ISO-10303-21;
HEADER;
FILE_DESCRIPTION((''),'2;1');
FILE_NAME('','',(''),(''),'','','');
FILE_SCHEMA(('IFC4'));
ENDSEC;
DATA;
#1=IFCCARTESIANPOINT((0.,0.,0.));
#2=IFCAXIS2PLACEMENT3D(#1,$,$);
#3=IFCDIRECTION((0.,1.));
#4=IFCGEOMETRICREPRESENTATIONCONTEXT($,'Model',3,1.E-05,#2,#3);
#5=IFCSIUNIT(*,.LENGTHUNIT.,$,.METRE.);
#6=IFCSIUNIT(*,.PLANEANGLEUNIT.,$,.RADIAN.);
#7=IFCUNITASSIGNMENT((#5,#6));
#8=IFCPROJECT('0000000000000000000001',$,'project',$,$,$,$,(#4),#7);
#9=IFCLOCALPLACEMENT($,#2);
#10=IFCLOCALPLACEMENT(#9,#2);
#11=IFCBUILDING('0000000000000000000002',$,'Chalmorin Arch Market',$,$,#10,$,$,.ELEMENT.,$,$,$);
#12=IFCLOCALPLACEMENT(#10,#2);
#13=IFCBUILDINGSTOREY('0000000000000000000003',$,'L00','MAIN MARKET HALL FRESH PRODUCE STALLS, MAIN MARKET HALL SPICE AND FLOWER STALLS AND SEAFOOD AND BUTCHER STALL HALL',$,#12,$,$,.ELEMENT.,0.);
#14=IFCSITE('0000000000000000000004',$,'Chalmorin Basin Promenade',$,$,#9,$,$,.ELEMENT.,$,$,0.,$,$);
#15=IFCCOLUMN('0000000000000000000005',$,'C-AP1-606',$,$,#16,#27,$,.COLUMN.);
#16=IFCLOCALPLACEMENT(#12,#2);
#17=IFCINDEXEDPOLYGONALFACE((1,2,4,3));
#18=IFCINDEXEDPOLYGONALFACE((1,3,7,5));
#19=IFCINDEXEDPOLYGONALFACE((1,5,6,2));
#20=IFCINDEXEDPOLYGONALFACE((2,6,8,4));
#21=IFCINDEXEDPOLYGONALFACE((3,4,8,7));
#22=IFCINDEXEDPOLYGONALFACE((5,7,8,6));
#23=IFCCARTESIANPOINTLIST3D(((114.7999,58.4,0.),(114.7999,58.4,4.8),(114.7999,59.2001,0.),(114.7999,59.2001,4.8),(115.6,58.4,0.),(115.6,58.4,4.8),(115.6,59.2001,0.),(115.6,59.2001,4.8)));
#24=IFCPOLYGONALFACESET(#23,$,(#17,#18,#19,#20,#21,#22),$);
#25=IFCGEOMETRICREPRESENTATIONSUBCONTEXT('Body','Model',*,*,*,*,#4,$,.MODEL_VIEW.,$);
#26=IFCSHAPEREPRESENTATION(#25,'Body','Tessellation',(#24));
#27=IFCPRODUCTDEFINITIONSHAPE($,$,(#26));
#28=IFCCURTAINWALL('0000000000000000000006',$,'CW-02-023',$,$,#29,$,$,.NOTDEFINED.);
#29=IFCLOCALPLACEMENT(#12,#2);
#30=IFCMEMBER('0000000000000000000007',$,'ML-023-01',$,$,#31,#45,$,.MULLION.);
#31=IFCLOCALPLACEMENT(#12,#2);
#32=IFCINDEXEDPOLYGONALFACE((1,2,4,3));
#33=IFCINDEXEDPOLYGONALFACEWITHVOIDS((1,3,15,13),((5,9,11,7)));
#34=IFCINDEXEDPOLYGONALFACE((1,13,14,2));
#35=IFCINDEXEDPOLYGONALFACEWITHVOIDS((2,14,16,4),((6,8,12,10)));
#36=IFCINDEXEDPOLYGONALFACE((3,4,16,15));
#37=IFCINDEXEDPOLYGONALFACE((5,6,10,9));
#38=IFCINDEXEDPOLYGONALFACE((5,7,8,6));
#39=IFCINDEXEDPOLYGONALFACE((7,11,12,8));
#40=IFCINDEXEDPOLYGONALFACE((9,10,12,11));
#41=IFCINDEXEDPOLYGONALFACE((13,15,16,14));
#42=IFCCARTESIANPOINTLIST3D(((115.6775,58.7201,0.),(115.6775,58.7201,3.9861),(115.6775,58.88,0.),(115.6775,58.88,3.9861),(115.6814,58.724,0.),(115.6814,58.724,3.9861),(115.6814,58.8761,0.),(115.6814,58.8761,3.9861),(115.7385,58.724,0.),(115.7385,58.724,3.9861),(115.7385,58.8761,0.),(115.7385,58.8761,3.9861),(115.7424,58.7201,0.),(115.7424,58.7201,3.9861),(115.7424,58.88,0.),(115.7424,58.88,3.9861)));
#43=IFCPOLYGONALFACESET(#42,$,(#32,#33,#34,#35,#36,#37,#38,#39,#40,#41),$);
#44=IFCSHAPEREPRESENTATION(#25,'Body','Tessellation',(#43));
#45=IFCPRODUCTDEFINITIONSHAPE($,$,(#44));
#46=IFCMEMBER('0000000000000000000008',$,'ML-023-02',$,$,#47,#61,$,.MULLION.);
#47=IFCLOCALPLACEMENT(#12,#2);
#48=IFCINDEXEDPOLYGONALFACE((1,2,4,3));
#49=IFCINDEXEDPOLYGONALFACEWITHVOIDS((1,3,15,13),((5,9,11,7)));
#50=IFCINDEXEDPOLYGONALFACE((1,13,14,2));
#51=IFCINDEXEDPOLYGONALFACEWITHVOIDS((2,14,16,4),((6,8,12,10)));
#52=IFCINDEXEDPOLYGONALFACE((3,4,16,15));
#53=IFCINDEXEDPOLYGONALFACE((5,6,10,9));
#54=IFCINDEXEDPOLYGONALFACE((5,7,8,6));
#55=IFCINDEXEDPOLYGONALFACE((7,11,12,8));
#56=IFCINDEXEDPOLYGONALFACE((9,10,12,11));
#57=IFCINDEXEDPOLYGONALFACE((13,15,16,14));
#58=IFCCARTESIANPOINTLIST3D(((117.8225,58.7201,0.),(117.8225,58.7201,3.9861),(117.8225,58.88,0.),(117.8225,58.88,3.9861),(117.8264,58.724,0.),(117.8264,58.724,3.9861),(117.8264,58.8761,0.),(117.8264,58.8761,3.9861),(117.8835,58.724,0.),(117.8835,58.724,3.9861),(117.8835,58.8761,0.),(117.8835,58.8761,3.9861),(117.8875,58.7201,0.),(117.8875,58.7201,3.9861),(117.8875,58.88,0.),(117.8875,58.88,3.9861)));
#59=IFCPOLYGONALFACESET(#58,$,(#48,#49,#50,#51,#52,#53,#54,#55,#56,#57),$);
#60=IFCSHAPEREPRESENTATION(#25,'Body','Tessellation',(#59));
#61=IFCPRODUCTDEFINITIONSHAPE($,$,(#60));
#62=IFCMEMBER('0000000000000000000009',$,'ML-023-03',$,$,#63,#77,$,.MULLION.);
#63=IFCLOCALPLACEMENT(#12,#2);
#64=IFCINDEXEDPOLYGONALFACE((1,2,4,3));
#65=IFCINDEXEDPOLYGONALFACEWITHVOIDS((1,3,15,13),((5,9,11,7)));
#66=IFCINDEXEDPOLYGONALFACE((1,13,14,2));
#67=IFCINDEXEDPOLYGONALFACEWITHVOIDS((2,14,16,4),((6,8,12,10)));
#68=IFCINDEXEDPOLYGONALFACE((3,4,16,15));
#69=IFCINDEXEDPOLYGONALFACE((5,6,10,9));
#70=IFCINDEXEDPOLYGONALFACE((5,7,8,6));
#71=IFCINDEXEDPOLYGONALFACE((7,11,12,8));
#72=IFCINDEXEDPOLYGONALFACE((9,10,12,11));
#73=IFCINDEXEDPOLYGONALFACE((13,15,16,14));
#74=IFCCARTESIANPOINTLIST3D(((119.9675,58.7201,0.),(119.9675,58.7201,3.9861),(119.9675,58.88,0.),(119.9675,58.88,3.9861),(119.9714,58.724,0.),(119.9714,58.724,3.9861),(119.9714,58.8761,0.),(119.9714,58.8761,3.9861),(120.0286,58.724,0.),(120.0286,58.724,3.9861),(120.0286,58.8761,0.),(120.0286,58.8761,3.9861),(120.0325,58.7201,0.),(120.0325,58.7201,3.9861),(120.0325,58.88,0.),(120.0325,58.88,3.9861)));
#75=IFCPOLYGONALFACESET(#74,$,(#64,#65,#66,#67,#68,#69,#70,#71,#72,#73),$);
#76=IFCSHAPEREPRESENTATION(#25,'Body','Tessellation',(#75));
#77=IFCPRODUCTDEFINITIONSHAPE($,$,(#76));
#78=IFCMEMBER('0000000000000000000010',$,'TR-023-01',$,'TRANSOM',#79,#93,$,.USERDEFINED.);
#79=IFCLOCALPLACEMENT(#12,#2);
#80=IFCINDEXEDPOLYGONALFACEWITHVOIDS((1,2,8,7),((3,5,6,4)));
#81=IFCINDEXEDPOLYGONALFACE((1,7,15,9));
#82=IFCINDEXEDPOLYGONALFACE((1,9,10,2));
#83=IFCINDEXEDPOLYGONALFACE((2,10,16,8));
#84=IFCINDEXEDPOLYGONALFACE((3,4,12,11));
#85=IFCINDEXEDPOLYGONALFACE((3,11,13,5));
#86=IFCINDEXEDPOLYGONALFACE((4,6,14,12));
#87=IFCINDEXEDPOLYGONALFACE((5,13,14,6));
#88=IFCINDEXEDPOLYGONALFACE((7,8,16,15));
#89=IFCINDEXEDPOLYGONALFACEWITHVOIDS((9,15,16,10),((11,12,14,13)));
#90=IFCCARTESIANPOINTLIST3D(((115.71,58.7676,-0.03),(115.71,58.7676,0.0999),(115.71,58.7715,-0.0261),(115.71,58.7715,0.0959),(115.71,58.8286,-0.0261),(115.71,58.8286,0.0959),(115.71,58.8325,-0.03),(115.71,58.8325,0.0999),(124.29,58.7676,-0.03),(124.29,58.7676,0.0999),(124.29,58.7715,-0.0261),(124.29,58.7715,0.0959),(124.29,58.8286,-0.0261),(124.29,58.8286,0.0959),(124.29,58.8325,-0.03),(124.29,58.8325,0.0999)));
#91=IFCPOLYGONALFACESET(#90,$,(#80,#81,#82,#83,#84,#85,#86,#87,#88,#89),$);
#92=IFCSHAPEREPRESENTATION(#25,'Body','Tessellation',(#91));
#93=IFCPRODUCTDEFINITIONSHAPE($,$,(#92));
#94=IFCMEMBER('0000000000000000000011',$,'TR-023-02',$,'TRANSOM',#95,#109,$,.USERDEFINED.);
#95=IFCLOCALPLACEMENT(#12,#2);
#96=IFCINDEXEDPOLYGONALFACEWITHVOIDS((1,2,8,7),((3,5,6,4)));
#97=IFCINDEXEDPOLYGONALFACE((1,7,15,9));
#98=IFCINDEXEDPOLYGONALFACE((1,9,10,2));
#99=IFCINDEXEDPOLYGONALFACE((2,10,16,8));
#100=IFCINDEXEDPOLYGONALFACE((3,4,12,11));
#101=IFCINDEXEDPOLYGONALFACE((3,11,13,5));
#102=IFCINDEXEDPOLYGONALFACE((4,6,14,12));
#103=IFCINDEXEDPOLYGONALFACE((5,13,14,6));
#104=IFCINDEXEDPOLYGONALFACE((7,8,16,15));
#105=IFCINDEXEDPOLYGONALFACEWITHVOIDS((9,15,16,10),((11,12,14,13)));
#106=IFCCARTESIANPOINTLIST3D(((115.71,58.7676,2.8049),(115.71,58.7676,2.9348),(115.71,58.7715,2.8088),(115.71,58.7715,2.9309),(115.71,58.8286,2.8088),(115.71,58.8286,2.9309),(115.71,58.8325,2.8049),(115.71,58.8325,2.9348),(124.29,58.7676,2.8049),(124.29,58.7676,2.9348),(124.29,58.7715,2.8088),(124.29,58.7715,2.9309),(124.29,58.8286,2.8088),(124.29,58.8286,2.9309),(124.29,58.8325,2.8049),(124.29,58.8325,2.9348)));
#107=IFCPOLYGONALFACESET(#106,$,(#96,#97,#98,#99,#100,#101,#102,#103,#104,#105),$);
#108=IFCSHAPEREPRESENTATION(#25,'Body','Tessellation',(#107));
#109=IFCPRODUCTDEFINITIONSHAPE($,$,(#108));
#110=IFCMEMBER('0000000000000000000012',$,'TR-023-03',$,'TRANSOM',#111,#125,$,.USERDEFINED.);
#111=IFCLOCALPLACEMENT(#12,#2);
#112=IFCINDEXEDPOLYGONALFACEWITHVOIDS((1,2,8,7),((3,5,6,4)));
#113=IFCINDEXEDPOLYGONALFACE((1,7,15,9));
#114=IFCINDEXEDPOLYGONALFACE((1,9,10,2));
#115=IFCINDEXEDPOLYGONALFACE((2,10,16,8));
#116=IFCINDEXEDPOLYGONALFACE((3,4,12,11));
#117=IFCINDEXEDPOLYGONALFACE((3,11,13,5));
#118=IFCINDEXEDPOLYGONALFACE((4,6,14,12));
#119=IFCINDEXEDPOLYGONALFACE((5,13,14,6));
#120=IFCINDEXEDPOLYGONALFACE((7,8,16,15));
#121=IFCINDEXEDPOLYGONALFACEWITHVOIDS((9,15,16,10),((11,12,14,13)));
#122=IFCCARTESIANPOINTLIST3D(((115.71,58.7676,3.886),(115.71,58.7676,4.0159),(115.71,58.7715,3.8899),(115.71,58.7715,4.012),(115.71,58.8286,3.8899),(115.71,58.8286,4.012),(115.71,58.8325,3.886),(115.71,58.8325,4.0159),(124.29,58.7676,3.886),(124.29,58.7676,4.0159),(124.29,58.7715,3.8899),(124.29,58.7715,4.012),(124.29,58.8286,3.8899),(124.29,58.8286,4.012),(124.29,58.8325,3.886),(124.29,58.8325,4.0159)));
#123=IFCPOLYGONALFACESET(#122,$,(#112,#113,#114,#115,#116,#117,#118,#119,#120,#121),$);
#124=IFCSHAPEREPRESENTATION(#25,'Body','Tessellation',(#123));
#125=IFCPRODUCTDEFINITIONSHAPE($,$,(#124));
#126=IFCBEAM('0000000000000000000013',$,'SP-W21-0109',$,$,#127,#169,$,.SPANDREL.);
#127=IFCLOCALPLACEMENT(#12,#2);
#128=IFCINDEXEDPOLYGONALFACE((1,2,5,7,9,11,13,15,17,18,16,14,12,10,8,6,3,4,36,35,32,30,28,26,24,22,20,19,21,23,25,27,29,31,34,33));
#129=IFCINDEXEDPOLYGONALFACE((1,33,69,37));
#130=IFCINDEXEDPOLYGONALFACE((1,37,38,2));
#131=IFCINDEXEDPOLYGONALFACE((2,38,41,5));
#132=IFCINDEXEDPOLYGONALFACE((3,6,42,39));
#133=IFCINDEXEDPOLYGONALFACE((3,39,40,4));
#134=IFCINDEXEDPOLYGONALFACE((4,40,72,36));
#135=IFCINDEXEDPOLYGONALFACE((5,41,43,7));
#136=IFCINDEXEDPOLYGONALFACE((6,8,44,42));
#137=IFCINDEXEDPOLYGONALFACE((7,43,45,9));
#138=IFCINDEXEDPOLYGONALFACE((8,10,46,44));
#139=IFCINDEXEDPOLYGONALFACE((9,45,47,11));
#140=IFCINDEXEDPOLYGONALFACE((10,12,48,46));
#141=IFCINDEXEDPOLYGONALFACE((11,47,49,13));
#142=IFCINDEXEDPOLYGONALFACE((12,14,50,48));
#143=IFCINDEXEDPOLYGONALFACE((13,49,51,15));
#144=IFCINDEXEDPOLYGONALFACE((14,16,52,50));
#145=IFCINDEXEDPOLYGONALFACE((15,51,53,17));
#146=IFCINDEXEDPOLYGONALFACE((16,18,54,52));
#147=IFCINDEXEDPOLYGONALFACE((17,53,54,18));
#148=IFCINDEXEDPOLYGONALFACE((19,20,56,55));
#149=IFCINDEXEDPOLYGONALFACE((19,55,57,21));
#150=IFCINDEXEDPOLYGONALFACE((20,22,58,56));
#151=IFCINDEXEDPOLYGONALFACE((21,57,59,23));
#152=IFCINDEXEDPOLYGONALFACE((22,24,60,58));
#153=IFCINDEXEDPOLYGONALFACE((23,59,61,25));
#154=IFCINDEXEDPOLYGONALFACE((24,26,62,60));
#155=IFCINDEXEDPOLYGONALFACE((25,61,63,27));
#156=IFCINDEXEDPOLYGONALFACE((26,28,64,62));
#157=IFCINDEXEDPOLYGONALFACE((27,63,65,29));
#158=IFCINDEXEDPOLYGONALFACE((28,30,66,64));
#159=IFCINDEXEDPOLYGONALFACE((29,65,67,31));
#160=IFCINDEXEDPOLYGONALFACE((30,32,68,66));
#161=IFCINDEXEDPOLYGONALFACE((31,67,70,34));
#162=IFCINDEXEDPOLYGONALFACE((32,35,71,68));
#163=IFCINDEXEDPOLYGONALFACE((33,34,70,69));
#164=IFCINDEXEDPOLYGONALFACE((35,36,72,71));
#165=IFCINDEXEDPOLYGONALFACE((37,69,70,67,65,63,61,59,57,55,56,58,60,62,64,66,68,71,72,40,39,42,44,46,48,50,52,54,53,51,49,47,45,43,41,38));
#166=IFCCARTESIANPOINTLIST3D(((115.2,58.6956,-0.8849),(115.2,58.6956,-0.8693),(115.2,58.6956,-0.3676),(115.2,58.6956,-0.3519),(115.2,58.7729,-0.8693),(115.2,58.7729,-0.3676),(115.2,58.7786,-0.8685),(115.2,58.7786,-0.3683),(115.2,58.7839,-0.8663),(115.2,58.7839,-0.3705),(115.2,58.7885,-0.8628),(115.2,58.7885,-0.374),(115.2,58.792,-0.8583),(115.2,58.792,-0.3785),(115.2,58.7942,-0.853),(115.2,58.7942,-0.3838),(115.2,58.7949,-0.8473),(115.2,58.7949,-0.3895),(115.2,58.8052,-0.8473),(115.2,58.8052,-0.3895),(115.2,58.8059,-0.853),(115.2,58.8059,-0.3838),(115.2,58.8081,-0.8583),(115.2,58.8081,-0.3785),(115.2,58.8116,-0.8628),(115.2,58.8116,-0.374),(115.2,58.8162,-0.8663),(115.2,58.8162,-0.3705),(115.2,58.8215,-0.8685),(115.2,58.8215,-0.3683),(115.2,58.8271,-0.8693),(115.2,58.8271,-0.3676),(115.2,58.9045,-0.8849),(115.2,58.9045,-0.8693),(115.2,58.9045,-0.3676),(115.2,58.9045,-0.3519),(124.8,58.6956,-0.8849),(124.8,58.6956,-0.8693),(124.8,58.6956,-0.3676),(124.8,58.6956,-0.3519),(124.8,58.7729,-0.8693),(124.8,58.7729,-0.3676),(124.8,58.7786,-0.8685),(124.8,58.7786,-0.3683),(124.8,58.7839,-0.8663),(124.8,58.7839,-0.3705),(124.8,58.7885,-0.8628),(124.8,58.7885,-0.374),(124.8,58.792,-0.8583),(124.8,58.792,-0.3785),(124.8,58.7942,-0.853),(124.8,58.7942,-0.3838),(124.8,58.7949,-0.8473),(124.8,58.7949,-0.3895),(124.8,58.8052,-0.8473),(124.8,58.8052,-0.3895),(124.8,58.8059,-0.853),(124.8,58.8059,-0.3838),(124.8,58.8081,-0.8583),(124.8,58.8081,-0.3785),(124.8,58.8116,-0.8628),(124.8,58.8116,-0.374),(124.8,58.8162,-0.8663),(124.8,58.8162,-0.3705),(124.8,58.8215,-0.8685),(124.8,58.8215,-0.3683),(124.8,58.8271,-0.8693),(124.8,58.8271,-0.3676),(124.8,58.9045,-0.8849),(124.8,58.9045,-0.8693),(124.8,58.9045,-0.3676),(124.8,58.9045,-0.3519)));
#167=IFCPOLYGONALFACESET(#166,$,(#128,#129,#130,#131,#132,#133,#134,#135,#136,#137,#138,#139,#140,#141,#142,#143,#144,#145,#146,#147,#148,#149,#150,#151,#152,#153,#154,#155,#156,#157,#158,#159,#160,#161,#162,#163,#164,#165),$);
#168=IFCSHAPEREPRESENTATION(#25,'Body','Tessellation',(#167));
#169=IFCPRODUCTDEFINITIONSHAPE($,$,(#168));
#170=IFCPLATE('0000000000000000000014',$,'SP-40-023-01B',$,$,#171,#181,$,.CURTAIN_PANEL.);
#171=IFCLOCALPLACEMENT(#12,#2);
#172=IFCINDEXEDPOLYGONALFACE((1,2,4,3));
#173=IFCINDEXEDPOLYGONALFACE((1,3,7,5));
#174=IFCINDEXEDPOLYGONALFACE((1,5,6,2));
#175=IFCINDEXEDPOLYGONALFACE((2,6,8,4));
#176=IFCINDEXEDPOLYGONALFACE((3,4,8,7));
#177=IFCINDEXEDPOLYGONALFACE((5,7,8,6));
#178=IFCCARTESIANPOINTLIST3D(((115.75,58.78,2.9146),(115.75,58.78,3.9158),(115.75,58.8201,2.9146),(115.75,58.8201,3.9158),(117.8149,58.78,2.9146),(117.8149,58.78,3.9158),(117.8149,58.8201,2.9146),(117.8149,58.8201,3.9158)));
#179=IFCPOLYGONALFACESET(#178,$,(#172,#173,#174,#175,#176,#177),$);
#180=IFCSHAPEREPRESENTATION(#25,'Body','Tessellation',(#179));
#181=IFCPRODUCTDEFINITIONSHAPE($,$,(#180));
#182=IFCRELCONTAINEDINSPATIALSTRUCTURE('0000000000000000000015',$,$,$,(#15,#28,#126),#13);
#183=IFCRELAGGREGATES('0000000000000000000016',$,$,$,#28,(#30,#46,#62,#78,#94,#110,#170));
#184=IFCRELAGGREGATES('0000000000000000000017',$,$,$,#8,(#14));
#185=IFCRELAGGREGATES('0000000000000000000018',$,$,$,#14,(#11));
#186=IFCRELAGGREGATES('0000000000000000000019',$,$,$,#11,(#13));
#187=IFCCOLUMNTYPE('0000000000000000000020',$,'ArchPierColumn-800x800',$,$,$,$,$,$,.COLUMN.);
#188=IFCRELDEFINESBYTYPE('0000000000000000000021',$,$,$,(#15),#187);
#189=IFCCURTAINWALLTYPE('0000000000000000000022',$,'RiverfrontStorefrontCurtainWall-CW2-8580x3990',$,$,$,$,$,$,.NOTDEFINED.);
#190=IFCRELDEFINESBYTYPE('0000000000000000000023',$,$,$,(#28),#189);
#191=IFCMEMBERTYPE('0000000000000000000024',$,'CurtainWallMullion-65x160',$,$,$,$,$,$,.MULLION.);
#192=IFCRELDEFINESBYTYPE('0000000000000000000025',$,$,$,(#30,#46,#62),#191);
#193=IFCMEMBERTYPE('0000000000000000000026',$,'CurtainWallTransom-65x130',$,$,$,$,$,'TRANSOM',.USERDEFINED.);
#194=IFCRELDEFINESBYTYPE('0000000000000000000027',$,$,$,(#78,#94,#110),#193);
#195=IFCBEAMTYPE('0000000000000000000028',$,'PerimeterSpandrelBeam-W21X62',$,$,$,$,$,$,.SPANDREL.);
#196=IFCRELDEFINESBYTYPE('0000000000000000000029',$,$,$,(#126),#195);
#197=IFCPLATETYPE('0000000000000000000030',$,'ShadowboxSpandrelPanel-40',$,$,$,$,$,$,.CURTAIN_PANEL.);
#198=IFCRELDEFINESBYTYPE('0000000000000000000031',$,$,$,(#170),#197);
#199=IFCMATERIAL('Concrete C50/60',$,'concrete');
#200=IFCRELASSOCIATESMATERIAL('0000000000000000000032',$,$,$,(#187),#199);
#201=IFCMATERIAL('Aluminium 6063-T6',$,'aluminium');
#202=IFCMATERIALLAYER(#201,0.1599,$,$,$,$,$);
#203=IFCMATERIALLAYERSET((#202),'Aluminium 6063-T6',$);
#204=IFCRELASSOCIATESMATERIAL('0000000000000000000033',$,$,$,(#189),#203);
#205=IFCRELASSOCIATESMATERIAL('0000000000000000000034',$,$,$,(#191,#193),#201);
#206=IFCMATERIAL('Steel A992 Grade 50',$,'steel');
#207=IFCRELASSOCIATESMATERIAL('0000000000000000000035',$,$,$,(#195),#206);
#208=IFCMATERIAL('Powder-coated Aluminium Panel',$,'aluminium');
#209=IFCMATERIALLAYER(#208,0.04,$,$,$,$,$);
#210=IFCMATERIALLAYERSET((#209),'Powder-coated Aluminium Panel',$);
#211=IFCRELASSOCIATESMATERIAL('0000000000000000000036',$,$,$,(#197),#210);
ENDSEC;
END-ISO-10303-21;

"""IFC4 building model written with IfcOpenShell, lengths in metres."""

from ifc_helpers import new_model, si_unit, direction, frame, origin, origin_2d, place, context, subcontext, project, spatial, rectangle, hollow_rectangle, i_section, extrude, material, layer, layer_set, material_profile, profile_set, type_object, element, aggregate, save


model = new_model("IFC4")

# Units and contexts
model_context = context("Model", 3, precision=1e-05, world=origin(), true_north=direction((0.0, 1.0)))
body_context = subcontext(model_context, "Body", "Model", "MODEL_VIEW")
ifc_project = project(units=[si_unit("LENGTHUNIT", "METRE"), si_unit("PLANEANGLEUNIT", "RADIAN")], contexts=[model_context])

# Site, building, storey
site_placement = place(None, origin())
site = spatial("IfcSite", under=ifc_project, at=site_placement, Name="Chalmorin Basin Promenade", CompositionType="ELEMENT", RefElevation=0.0)
building_placement = place(site_placement, origin())
building = spatial("IfcBuilding", under=site, at=building_placement, Name="Chalmorin Arch Market", CompositionType="ELEMENT")
storey_placement = place(building_placement, origin())
storey = spatial("IfcBuildingStorey", under=building, at=storey_placement, Name="L00", Description="MAIN MARKET HALL FRESH PRODUCE STALLS, MAIN MARKET HALL SPICE AND FLOWER STALLS AND SEAFOOD AND BUTCHER STALL HALL", CompositionType="ELEMENT", Elevation=0.0)

# Column
ifc_material_1 = material(Name="Concrete C50/60", Category="concrete")
ifc_material_profile_1 = material_profile(ifc_material_1, rectangle(XDim=0.8, YDim=0.8, at=origin_2d()), Name="RC800X800")
ifc_profile_set_1 = profile_set([ifc_material_profile_1], Name="Concrete C50/60")
column_type = type_object("IfcColumnType", Name="ArchPierColumn-800x800", PredefinedType="COLUMN", material=ifc_profile_set_1)
column_placement = place(storey_placement, frame((115.2, 58.8, 0.0), z_axis=(0.0, 0.0, 1.0), x_axis=(1.0, 0.0, 0.0)))
element("IfcColumn", 1, at=column_placement, inside=storey, type_object=column_type, Name="C-AP1-606", PredefinedType="COLUMN", context=body_context, shape_type="SweptSolid", body=[
    extrude(rectangle(XDim=0.8, YDim=0.8, at=origin_2d()), origin(), (0.0, 0.0, 1.0), 4.8),
])

# Curtain wall, members
ifc_material_2 = material(Name="Aluminium 6063-T6", Category="aluminium")
ifc_layer_1 = layer(ifc_material_2, 0.1599)
ifc_layer_set_1 = layer_set([ifc_layer_1], Name="Aluminium 6063-T6")
curtain_wall_type = type_object("IfcCurtainWallType", Name="RiverfrontStorefrontCurtainWall-CW2-8580x3990", PredefinedType="NOTDEFINED", material=ifc_layer_set_1)
curtain_wall_placement = place(storey_placement, origin())
curtain_wall = element("IfcCurtainWall", 2, at=curtain_wall_placement, inside=storey, type_object=curtain_wall_type, Name="CW-02-023", PredefinedType="NOTDEFINED")
ifc_material_profile_2 = material_profile(ifc_material_2, hollow_rectangle(XDim=0.0649, YDim=0.1599, WallThickness=0.0039, at=origin_2d()), Name="ALU65X160X4")
ifc_profile_set_2 = profile_set([ifc_material_profile_2], Name="Aluminium 6063-T6")
member_type_1 = type_object("IfcMemberType", Name="CurtainWallMullion-65x160", PredefinedType="MULLION", material=ifc_profile_set_2)
member_1_placement = place(storey_placement, frame((115.71, 58.8, 0.0), z_axis=(0.0, 0.0, 1.0), x_axis=(1.0, 0.0, 0.0)))
member_1 = element("IfcMember", 3, at=member_1_placement, type_object=member_type_1, Name="ML-023-01", PredefinedType="MULLION", context=body_context, shape_type="SweptSolid", body=[
    extrude(hollow_rectangle(XDim=0.0649, YDim=0.1599, WallThickness=0.0039, at=origin_2d()), origin(), (0.0, 0.0, 1.0), 3.9861),
])
member_2_placement = place(storey_placement, frame((117.855, 58.8, 0.0), z_axis=(0.0, 0.0, 1.0), x_axis=(1.0, 0.0, 0.0)))
member_2 = element("IfcMember", 4, at=member_2_placement, type_object=member_type_1, Name="ML-023-02", PredefinedType="MULLION", context=body_context, shape_type="SweptSolid", body=[
    extrude(hollow_rectangle(XDim=0.0649, YDim=0.1599, WallThickness=0.0039, at=origin_2d()), origin(), (0.0, 0.0, 1.0), 3.9861),
])
member_3_placement = place(storey_placement, frame((120.0, 58.8, 0.0), z_axis=(0.0, 0.0, 1.0), x_axis=(1.0, 0.0, 0.0)))
member_3 = element("IfcMember", 5, at=member_3_placement, type_object=member_type_1, Name="ML-023-03", PredefinedType="MULLION", context=body_context, shape_type="SweptSolid", body=[
    extrude(hollow_rectangle(XDim=0.0649, YDim=0.1599, WallThickness=0.0039, at=origin_2d()), origin(), (0.0, 0.0, 1.0), 3.9861),
])
ifc_material_profile_3 = material_profile(ifc_material_2, hollow_rectangle(XDim=0.0649, YDim=0.1299, WallThickness=0.0039, at=origin_2d()), Name="ALU65X130X4")
ifc_profile_set_3 = profile_set([ifc_material_profile_3], Name="Aluminium 6063-T6")
member_type_2 = type_object("IfcMemberType", Name="CurtainWallTransom-65x130", ElementType="TRANSOM", PredefinedType="USERDEFINED", material=ifc_profile_set_3)
member_4_placement = place(storey_placement, frame((115.71, 58.8, 0.0349), z_axis=(1.0, 0.0, 0.0), x_axis=(0.0, 1.0, 0.0)))
member_4 = element("IfcMember", 6, at=member_4_placement, type_object=member_type_2, Name="TR-023-01", ObjectType="TRANSOM", PredefinedType="USERDEFINED", context=body_context, shape_type="SweptSolid", body=[
    extrude(hollow_rectangle(XDim=0.0649, YDim=0.1299, WallThickness=0.0039, at=origin_2d()), origin(), (0.0, 0.0, 1.0), 8.5801),
])
member_5_placement = place(storey_placement, frame((115.71, 58.8, 2.8699), z_axis=(1.0, 0.0, 0.0), x_axis=(0.0, 1.0, 0.0)))
member_5 = element("IfcMember", 7, at=member_5_placement, type_object=member_type_2, Name="TR-023-02", ObjectType="TRANSOM", PredefinedType="USERDEFINED", context=body_context, shape_type="SweptSolid", body=[
    extrude(hollow_rectangle(XDim=0.0649, YDim=0.1299, WallThickness=0.0039, at=origin_2d()), origin(), (0.0, 0.0, 1.0), 8.5801),
])
member_6_placement = place(storey_placement, frame((115.71, 58.8, 3.9509), z_axis=(1.0, 0.0, 0.0), x_axis=(0.0, 1.0, 0.0)))
member_6 = element("IfcMember", 8, at=member_6_placement, type_object=member_type_2, Name="TR-023-03", ObjectType="TRANSOM", PredefinedType="USERDEFINED", context=body_context, shape_type="SweptSolid", body=[
    extrude(hollow_rectangle(XDim=0.0649, YDim=0.1299, WallThickness=0.0039, at=origin_2d()), origin(), (0.0, 0.0, 1.0), 8.5801),
])

# Beam
ifc_material_3 = material(Name="Steel A992 Grade 50", Category="steel")
ifc_material_profile_4 = material_profile(ifc_material_3, i_section(OverallWidth=0.209, OverallDepth=0.533, WebThickness=0.0103, FlangeThickness=0.0156, FilletRadius=0.022, at=origin_2d()), Name="W21X62")
ifc_profile_set_4 = profile_set([ifc_material_profile_4], Name="Steel A992 Grade 50")
beam_type = type_object("IfcBeamType", Name="PerimeterSpandrelBeam-W21X62", PredefinedType="SPANDREL", material=ifc_profile_set_4)
beam_placement = place(storey_placement, frame((115.2, 58.8, -0.6184), z_axis=(1.0, 0.0, 0.0), x_axis=(0.0, 1.0, 0.0)))
element("IfcBeam", 9, at=beam_placement, inside=storey, type_object=beam_type, Name="SP-W21-0109", PredefinedType="SPANDREL", context=body_context, shape_type="SweptSolid", body=[
    extrude(i_section(OverallWidth=0.209, OverallDepth=0.533, WebThickness=0.0103, FlangeThickness=0.0156, FilletRadius=0.022, at=origin_2d()), origin(), (0.0, 0.0, 1.0), 9.6001),
])

# Plate
ifc_material_4 = material(Name="Powder-coated Aluminium Panel", Category="aluminium")
ifc_layer_2 = layer(ifc_material_4, 0.04)
ifc_layer_set_2 = layer_set([ifc_layer_2], Name="Powder-coated Aluminium Panel")
plate_type_1 = type_object("IfcPlateType", Name="ShadowboxSpandrelPanel-40", PredefinedType="CURTAIN_PANEL", material=ifc_layer_set_2)
plate_1_placement = place(storey_placement, frame((116.7825, 58.8, 2.9146), z_axis=(0.0, 0.0, 1.0), x_axis=(1.0, 0.0, 0.0)))
plate_1 = element("IfcPlate", 10, at=plate_1_placement, type_object=plate_type_1, Name="SP-40-023-01B", PredefinedType="CURTAIN_PANEL", context=body_context, shape_type="SweptSolid", body=[
    extrude(rectangle(XDim=2.0649, YDim=0.04, at=origin_2d()), origin(), (0.0, 0.0, 1.0), 1.0012),
])
aggregate(curtain_wall, [member_1, member_2, member_3, member_4, member_5, member_6, plate_1])

save(model, "model.ifc")
